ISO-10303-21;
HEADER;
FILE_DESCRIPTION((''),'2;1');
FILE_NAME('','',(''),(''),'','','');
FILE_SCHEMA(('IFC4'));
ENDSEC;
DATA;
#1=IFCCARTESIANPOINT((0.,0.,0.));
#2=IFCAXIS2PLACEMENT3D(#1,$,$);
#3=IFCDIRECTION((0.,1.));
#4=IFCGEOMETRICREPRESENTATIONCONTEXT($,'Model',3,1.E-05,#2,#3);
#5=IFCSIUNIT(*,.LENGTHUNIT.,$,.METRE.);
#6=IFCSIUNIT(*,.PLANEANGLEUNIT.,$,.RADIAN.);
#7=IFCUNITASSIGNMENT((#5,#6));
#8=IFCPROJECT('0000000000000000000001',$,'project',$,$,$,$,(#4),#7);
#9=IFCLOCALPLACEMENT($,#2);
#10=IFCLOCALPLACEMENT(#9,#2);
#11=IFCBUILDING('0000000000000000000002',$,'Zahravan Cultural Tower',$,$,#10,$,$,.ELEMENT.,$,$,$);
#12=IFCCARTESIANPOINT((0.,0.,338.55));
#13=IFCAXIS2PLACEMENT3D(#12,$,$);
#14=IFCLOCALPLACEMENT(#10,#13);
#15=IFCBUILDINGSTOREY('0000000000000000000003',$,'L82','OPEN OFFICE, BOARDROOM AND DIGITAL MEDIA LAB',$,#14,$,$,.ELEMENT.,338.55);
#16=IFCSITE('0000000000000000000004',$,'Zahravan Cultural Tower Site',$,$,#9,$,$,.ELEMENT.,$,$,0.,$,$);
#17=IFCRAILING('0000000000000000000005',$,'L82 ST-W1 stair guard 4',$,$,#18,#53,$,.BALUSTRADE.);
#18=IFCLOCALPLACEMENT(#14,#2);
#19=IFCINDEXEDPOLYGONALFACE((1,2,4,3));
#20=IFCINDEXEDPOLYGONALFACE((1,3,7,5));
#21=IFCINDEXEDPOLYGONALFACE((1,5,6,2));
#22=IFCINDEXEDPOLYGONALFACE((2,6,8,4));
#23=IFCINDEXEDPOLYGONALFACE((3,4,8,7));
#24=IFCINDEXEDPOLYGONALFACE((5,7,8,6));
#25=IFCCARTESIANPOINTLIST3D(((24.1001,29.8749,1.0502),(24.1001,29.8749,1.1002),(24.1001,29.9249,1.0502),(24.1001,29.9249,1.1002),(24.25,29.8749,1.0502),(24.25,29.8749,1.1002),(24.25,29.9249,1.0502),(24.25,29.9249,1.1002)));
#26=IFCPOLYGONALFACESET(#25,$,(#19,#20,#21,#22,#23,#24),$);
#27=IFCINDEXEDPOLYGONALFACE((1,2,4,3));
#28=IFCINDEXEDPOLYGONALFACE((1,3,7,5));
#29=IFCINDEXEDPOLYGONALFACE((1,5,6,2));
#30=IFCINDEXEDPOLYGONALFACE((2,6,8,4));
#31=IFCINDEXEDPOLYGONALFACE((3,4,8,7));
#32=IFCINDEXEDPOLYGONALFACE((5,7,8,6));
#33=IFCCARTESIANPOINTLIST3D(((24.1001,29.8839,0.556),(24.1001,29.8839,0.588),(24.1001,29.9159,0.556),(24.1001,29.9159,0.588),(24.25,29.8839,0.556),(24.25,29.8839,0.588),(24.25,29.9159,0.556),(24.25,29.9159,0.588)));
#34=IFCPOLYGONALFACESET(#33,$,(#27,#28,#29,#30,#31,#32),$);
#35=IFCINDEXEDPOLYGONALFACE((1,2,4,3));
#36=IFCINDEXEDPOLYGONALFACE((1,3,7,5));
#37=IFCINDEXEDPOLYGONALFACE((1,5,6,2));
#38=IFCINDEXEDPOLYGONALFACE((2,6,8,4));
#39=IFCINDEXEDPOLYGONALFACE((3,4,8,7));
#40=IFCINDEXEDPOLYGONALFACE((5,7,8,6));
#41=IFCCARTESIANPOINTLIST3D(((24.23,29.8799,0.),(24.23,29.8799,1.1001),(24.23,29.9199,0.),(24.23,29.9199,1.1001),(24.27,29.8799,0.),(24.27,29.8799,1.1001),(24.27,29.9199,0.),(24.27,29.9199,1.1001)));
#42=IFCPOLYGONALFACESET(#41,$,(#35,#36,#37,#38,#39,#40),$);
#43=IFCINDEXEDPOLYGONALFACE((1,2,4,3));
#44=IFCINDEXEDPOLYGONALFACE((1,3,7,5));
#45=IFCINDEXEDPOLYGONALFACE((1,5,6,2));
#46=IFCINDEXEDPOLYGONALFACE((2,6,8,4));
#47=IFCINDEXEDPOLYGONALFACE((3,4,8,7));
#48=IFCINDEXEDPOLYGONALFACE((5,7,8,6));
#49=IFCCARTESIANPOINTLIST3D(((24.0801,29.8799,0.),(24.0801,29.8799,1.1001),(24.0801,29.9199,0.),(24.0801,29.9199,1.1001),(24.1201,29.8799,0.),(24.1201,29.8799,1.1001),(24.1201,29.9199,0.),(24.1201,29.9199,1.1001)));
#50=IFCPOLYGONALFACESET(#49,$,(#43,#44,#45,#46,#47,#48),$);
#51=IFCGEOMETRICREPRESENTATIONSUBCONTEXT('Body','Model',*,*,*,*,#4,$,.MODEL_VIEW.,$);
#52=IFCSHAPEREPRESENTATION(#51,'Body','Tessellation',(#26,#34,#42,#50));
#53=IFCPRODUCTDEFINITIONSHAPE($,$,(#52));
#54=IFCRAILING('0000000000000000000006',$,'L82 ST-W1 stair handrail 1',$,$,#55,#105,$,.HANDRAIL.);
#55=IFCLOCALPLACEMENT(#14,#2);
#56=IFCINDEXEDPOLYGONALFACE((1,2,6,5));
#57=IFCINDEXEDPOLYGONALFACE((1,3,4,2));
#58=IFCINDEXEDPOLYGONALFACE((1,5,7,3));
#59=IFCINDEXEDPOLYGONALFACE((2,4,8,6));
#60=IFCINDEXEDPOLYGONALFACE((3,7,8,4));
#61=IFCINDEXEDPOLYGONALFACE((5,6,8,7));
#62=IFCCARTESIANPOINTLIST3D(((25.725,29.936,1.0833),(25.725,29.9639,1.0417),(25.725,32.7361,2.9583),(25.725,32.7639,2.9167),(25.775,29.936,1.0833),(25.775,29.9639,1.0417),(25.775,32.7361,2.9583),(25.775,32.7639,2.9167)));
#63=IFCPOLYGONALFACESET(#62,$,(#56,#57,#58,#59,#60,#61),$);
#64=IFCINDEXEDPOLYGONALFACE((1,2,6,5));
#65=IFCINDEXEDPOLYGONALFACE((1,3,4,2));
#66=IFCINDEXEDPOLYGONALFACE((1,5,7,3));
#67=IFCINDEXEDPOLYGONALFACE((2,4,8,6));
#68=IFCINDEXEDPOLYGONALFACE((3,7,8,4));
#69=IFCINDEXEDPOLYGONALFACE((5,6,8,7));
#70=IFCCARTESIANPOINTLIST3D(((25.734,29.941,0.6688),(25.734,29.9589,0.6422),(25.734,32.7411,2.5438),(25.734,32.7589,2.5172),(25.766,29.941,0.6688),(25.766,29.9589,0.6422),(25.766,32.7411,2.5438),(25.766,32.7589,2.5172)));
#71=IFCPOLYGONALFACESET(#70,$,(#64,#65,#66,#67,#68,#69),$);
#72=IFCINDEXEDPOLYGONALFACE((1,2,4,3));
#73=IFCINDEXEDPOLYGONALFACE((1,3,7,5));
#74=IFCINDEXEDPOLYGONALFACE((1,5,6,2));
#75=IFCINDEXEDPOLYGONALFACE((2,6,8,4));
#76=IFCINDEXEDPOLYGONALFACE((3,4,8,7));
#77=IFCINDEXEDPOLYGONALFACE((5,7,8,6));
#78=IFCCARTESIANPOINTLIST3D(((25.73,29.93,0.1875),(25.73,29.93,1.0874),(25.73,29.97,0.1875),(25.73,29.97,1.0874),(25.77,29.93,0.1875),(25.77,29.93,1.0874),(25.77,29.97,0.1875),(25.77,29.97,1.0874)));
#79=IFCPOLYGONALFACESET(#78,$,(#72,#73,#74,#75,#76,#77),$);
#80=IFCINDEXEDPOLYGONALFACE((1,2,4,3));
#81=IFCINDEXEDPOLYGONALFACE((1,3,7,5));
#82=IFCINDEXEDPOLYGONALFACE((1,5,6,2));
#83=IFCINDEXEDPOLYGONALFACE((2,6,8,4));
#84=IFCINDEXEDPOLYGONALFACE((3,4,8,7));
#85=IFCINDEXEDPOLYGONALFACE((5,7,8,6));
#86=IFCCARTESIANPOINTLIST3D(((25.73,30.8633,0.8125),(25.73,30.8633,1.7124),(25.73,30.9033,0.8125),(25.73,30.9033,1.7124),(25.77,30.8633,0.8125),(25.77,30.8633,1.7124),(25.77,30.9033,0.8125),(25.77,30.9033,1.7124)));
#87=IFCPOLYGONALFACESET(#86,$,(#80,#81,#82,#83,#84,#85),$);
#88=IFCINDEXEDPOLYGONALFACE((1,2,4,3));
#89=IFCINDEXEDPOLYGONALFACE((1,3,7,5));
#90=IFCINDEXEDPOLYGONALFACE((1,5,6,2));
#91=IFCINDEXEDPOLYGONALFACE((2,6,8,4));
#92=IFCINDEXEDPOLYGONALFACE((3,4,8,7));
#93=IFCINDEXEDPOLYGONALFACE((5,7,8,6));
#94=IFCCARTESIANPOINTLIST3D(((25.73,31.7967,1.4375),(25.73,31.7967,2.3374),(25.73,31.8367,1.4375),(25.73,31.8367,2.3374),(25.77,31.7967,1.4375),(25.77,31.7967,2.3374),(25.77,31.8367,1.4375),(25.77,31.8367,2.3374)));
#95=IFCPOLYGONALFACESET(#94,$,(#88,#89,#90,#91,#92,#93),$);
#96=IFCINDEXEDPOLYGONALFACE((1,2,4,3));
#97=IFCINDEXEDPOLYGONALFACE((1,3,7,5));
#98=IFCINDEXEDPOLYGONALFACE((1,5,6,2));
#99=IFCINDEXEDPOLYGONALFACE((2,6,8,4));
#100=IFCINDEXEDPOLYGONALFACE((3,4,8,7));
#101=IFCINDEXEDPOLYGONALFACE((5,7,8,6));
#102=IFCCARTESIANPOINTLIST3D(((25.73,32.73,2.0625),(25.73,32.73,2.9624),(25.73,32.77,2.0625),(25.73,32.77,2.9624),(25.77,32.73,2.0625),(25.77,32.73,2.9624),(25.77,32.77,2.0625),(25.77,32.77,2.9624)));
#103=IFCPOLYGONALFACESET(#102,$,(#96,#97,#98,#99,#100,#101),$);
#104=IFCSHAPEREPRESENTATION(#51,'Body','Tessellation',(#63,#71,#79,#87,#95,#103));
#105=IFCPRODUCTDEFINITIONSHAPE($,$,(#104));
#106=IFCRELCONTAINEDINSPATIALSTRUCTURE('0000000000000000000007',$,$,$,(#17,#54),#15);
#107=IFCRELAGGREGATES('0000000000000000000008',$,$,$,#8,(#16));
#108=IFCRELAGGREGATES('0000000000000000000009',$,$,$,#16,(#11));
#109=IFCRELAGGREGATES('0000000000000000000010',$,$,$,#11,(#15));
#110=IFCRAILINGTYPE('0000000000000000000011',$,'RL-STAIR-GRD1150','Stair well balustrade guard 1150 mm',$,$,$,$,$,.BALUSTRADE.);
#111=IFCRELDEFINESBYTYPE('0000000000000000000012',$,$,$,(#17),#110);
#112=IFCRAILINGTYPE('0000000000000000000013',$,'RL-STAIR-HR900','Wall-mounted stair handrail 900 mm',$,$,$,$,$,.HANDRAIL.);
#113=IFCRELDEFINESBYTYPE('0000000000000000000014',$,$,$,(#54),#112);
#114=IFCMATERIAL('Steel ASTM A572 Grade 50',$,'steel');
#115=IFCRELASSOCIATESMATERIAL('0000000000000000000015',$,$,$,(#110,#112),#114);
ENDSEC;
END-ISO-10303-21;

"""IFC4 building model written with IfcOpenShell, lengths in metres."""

from ifc_helpers import new_model, si_unit, direction, frame, origin, origin_2d, place, context, subcontext, project, spatial, rectangle, extrude, material, type_object, element, save


model = new_model("IFC4")

# Units and contexts
model_context = context("Model", 3, precision=1e-05, world=origin(), true_north=direction((0.0, 1.0)))
body_context = subcontext(model_context, "Body", "Model", "MODEL_VIEW")
ifc_project = project(units=[si_unit("LENGTHUNIT", "METRE"), si_unit("PLANEANGLEUNIT", "RADIAN")], contexts=[model_context])

# Site, building, storey
site_placement = place(None, origin())
site = spatial("IfcSite", under=ifc_project, at=site_placement, Name="Zahravan Cultural Tower Site", CompositionType="ELEMENT", RefElevation=0.0)
building_placement = place(site_placement, origin())
building = spatial("IfcBuilding", under=site, at=building_placement, Name="Zahravan Cultural Tower", CompositionType="ELEMENT")
storey_placement = place(building_placement, frame((0.0, 0.0, 338.55)))
storey = spatial("IfcBuildingStorey", under=building, at=storey_placement, Name="L82", Description="OPEN OFFICE, BOARDROOM AND DIGITAL MEDIA LAB", CompositionType="ELEMENT", Elevation=338.55)

# Shared definitions
ifc_material_1 = material(Name="Steel ASTM A572 Grade 50", Category="steel")

# Railings
railing_type_1 = type_object("IfcRailingType", Name="RL-STAIR-GRD1150", Description="Stair well balustrade guard 1150 mm", PredefinedType="BALUSTRADE", material=ifc_material_1)
railing_1_placement = place(storey_placement, frame((24.25, 29.8999, 0.0)))
element("IfcRailing", 1, at=railing_1_placement, inside=storey, type_object=railing_type_1, Name="L82 ST-W1 stair guard 4", PredefinedType="BALUSTRADE", context=body_context, shape_type="SweptSolid", body=[
    extrude(rectangle(XDim=0.05, YDim=0.05, at=origin_2d()), frame((0.0, 0.0, 1.0752), z_axis=(-1.0, 0.0, 0.0), x_axis=(0.0, -1.0, 0.0)), (0.0, 0.0, 1.0), 0.1499),
    extrude(rectangle(XDim=0.032, YDim=0.032, at=origin_2d()), frame((0.0, 0.0, 0.572), z_axis=(-1.0, 0.0, 0.0), x_axis=(0.0, -1.0, 0.0)), (0.0, 0.0, 1.0), 0.1499),
    extrude(rectangle(XDim=0.04, YDim=0.04, at=origin_2d()), origin(), (0.0, 0.0, 1.0), 1.1001),
    extrude(rectangle(XDim=0.04, YDim=0.04, at=origin_2d()), frame((-0.1499, 0.0, 0.0)), (0.0, 0.0, 1.0), 1.1001),
])
railing_type_2 = type_object("IfcRailingType", Name="RL-STAIR-HR900", Description="Wall-mounted stair handrail 900 mm", PredefinedType="HANDRAIL", material=ifc_material_1)
railing_2_placement = place(storey_placement, frame((25.75, 29.95, 0.1875)))
element("IfcRailing", 2, at=railing_2_placement, inside=storey, type_object=railing_type_2, Name="L82 ST-W1 stair handrail 1", PredefinedType="HANDRAIL", context=body_context, shape_type="SweptSolid", body=[
    extrude(rectangle(XDim=0.05, YDim=0.05, at=origin_2d()), frame((0.0, 0.0, 0.875), z_axis=(0.0, 0.830912, 0.556404), x_axis=(-1.0, 0.0, 0.0)), (0.0, 0.0, 1.0), 3.3699),
    extrude(rectangle(XDim=0.032, YDim=0.032, at=origin_2d()), frame((0.0, 0.0, 0.468), z_axis=(0.0, 0.830912, 0.556404), x_axis=(-1.0, 0.0, 0.0)), (0.0, 0.0, 1.0), 3.3699),
    extrude(rectangle(XDim=0.04, YDim=0.04, at=origin_2d()), origin(), (0.0, 0.0, 1.0), 0.8999),
    extrude(rectangle(XDim=0.04, YDim=0.04, at=origin_2d()), frame((0.0, 0.9333, 0.625)), (0.0, 0.0, 1.0), 0.8999),
    extrude(rectangle(XDim=0.04, YDim=0.04, at=origin_2d()), frame((0.0, 1.8667, 1.25)), (0.0, 0.0, 1.0), 0.8999),
    extrude(rectangle(XDim=0.04, YDim=0.04, at=origin_2d()), frame((0.0, 2.8, 1.875)), (0.0, 0.0, 1.0), 0.8999),
])

save(model, "model.ifc")
